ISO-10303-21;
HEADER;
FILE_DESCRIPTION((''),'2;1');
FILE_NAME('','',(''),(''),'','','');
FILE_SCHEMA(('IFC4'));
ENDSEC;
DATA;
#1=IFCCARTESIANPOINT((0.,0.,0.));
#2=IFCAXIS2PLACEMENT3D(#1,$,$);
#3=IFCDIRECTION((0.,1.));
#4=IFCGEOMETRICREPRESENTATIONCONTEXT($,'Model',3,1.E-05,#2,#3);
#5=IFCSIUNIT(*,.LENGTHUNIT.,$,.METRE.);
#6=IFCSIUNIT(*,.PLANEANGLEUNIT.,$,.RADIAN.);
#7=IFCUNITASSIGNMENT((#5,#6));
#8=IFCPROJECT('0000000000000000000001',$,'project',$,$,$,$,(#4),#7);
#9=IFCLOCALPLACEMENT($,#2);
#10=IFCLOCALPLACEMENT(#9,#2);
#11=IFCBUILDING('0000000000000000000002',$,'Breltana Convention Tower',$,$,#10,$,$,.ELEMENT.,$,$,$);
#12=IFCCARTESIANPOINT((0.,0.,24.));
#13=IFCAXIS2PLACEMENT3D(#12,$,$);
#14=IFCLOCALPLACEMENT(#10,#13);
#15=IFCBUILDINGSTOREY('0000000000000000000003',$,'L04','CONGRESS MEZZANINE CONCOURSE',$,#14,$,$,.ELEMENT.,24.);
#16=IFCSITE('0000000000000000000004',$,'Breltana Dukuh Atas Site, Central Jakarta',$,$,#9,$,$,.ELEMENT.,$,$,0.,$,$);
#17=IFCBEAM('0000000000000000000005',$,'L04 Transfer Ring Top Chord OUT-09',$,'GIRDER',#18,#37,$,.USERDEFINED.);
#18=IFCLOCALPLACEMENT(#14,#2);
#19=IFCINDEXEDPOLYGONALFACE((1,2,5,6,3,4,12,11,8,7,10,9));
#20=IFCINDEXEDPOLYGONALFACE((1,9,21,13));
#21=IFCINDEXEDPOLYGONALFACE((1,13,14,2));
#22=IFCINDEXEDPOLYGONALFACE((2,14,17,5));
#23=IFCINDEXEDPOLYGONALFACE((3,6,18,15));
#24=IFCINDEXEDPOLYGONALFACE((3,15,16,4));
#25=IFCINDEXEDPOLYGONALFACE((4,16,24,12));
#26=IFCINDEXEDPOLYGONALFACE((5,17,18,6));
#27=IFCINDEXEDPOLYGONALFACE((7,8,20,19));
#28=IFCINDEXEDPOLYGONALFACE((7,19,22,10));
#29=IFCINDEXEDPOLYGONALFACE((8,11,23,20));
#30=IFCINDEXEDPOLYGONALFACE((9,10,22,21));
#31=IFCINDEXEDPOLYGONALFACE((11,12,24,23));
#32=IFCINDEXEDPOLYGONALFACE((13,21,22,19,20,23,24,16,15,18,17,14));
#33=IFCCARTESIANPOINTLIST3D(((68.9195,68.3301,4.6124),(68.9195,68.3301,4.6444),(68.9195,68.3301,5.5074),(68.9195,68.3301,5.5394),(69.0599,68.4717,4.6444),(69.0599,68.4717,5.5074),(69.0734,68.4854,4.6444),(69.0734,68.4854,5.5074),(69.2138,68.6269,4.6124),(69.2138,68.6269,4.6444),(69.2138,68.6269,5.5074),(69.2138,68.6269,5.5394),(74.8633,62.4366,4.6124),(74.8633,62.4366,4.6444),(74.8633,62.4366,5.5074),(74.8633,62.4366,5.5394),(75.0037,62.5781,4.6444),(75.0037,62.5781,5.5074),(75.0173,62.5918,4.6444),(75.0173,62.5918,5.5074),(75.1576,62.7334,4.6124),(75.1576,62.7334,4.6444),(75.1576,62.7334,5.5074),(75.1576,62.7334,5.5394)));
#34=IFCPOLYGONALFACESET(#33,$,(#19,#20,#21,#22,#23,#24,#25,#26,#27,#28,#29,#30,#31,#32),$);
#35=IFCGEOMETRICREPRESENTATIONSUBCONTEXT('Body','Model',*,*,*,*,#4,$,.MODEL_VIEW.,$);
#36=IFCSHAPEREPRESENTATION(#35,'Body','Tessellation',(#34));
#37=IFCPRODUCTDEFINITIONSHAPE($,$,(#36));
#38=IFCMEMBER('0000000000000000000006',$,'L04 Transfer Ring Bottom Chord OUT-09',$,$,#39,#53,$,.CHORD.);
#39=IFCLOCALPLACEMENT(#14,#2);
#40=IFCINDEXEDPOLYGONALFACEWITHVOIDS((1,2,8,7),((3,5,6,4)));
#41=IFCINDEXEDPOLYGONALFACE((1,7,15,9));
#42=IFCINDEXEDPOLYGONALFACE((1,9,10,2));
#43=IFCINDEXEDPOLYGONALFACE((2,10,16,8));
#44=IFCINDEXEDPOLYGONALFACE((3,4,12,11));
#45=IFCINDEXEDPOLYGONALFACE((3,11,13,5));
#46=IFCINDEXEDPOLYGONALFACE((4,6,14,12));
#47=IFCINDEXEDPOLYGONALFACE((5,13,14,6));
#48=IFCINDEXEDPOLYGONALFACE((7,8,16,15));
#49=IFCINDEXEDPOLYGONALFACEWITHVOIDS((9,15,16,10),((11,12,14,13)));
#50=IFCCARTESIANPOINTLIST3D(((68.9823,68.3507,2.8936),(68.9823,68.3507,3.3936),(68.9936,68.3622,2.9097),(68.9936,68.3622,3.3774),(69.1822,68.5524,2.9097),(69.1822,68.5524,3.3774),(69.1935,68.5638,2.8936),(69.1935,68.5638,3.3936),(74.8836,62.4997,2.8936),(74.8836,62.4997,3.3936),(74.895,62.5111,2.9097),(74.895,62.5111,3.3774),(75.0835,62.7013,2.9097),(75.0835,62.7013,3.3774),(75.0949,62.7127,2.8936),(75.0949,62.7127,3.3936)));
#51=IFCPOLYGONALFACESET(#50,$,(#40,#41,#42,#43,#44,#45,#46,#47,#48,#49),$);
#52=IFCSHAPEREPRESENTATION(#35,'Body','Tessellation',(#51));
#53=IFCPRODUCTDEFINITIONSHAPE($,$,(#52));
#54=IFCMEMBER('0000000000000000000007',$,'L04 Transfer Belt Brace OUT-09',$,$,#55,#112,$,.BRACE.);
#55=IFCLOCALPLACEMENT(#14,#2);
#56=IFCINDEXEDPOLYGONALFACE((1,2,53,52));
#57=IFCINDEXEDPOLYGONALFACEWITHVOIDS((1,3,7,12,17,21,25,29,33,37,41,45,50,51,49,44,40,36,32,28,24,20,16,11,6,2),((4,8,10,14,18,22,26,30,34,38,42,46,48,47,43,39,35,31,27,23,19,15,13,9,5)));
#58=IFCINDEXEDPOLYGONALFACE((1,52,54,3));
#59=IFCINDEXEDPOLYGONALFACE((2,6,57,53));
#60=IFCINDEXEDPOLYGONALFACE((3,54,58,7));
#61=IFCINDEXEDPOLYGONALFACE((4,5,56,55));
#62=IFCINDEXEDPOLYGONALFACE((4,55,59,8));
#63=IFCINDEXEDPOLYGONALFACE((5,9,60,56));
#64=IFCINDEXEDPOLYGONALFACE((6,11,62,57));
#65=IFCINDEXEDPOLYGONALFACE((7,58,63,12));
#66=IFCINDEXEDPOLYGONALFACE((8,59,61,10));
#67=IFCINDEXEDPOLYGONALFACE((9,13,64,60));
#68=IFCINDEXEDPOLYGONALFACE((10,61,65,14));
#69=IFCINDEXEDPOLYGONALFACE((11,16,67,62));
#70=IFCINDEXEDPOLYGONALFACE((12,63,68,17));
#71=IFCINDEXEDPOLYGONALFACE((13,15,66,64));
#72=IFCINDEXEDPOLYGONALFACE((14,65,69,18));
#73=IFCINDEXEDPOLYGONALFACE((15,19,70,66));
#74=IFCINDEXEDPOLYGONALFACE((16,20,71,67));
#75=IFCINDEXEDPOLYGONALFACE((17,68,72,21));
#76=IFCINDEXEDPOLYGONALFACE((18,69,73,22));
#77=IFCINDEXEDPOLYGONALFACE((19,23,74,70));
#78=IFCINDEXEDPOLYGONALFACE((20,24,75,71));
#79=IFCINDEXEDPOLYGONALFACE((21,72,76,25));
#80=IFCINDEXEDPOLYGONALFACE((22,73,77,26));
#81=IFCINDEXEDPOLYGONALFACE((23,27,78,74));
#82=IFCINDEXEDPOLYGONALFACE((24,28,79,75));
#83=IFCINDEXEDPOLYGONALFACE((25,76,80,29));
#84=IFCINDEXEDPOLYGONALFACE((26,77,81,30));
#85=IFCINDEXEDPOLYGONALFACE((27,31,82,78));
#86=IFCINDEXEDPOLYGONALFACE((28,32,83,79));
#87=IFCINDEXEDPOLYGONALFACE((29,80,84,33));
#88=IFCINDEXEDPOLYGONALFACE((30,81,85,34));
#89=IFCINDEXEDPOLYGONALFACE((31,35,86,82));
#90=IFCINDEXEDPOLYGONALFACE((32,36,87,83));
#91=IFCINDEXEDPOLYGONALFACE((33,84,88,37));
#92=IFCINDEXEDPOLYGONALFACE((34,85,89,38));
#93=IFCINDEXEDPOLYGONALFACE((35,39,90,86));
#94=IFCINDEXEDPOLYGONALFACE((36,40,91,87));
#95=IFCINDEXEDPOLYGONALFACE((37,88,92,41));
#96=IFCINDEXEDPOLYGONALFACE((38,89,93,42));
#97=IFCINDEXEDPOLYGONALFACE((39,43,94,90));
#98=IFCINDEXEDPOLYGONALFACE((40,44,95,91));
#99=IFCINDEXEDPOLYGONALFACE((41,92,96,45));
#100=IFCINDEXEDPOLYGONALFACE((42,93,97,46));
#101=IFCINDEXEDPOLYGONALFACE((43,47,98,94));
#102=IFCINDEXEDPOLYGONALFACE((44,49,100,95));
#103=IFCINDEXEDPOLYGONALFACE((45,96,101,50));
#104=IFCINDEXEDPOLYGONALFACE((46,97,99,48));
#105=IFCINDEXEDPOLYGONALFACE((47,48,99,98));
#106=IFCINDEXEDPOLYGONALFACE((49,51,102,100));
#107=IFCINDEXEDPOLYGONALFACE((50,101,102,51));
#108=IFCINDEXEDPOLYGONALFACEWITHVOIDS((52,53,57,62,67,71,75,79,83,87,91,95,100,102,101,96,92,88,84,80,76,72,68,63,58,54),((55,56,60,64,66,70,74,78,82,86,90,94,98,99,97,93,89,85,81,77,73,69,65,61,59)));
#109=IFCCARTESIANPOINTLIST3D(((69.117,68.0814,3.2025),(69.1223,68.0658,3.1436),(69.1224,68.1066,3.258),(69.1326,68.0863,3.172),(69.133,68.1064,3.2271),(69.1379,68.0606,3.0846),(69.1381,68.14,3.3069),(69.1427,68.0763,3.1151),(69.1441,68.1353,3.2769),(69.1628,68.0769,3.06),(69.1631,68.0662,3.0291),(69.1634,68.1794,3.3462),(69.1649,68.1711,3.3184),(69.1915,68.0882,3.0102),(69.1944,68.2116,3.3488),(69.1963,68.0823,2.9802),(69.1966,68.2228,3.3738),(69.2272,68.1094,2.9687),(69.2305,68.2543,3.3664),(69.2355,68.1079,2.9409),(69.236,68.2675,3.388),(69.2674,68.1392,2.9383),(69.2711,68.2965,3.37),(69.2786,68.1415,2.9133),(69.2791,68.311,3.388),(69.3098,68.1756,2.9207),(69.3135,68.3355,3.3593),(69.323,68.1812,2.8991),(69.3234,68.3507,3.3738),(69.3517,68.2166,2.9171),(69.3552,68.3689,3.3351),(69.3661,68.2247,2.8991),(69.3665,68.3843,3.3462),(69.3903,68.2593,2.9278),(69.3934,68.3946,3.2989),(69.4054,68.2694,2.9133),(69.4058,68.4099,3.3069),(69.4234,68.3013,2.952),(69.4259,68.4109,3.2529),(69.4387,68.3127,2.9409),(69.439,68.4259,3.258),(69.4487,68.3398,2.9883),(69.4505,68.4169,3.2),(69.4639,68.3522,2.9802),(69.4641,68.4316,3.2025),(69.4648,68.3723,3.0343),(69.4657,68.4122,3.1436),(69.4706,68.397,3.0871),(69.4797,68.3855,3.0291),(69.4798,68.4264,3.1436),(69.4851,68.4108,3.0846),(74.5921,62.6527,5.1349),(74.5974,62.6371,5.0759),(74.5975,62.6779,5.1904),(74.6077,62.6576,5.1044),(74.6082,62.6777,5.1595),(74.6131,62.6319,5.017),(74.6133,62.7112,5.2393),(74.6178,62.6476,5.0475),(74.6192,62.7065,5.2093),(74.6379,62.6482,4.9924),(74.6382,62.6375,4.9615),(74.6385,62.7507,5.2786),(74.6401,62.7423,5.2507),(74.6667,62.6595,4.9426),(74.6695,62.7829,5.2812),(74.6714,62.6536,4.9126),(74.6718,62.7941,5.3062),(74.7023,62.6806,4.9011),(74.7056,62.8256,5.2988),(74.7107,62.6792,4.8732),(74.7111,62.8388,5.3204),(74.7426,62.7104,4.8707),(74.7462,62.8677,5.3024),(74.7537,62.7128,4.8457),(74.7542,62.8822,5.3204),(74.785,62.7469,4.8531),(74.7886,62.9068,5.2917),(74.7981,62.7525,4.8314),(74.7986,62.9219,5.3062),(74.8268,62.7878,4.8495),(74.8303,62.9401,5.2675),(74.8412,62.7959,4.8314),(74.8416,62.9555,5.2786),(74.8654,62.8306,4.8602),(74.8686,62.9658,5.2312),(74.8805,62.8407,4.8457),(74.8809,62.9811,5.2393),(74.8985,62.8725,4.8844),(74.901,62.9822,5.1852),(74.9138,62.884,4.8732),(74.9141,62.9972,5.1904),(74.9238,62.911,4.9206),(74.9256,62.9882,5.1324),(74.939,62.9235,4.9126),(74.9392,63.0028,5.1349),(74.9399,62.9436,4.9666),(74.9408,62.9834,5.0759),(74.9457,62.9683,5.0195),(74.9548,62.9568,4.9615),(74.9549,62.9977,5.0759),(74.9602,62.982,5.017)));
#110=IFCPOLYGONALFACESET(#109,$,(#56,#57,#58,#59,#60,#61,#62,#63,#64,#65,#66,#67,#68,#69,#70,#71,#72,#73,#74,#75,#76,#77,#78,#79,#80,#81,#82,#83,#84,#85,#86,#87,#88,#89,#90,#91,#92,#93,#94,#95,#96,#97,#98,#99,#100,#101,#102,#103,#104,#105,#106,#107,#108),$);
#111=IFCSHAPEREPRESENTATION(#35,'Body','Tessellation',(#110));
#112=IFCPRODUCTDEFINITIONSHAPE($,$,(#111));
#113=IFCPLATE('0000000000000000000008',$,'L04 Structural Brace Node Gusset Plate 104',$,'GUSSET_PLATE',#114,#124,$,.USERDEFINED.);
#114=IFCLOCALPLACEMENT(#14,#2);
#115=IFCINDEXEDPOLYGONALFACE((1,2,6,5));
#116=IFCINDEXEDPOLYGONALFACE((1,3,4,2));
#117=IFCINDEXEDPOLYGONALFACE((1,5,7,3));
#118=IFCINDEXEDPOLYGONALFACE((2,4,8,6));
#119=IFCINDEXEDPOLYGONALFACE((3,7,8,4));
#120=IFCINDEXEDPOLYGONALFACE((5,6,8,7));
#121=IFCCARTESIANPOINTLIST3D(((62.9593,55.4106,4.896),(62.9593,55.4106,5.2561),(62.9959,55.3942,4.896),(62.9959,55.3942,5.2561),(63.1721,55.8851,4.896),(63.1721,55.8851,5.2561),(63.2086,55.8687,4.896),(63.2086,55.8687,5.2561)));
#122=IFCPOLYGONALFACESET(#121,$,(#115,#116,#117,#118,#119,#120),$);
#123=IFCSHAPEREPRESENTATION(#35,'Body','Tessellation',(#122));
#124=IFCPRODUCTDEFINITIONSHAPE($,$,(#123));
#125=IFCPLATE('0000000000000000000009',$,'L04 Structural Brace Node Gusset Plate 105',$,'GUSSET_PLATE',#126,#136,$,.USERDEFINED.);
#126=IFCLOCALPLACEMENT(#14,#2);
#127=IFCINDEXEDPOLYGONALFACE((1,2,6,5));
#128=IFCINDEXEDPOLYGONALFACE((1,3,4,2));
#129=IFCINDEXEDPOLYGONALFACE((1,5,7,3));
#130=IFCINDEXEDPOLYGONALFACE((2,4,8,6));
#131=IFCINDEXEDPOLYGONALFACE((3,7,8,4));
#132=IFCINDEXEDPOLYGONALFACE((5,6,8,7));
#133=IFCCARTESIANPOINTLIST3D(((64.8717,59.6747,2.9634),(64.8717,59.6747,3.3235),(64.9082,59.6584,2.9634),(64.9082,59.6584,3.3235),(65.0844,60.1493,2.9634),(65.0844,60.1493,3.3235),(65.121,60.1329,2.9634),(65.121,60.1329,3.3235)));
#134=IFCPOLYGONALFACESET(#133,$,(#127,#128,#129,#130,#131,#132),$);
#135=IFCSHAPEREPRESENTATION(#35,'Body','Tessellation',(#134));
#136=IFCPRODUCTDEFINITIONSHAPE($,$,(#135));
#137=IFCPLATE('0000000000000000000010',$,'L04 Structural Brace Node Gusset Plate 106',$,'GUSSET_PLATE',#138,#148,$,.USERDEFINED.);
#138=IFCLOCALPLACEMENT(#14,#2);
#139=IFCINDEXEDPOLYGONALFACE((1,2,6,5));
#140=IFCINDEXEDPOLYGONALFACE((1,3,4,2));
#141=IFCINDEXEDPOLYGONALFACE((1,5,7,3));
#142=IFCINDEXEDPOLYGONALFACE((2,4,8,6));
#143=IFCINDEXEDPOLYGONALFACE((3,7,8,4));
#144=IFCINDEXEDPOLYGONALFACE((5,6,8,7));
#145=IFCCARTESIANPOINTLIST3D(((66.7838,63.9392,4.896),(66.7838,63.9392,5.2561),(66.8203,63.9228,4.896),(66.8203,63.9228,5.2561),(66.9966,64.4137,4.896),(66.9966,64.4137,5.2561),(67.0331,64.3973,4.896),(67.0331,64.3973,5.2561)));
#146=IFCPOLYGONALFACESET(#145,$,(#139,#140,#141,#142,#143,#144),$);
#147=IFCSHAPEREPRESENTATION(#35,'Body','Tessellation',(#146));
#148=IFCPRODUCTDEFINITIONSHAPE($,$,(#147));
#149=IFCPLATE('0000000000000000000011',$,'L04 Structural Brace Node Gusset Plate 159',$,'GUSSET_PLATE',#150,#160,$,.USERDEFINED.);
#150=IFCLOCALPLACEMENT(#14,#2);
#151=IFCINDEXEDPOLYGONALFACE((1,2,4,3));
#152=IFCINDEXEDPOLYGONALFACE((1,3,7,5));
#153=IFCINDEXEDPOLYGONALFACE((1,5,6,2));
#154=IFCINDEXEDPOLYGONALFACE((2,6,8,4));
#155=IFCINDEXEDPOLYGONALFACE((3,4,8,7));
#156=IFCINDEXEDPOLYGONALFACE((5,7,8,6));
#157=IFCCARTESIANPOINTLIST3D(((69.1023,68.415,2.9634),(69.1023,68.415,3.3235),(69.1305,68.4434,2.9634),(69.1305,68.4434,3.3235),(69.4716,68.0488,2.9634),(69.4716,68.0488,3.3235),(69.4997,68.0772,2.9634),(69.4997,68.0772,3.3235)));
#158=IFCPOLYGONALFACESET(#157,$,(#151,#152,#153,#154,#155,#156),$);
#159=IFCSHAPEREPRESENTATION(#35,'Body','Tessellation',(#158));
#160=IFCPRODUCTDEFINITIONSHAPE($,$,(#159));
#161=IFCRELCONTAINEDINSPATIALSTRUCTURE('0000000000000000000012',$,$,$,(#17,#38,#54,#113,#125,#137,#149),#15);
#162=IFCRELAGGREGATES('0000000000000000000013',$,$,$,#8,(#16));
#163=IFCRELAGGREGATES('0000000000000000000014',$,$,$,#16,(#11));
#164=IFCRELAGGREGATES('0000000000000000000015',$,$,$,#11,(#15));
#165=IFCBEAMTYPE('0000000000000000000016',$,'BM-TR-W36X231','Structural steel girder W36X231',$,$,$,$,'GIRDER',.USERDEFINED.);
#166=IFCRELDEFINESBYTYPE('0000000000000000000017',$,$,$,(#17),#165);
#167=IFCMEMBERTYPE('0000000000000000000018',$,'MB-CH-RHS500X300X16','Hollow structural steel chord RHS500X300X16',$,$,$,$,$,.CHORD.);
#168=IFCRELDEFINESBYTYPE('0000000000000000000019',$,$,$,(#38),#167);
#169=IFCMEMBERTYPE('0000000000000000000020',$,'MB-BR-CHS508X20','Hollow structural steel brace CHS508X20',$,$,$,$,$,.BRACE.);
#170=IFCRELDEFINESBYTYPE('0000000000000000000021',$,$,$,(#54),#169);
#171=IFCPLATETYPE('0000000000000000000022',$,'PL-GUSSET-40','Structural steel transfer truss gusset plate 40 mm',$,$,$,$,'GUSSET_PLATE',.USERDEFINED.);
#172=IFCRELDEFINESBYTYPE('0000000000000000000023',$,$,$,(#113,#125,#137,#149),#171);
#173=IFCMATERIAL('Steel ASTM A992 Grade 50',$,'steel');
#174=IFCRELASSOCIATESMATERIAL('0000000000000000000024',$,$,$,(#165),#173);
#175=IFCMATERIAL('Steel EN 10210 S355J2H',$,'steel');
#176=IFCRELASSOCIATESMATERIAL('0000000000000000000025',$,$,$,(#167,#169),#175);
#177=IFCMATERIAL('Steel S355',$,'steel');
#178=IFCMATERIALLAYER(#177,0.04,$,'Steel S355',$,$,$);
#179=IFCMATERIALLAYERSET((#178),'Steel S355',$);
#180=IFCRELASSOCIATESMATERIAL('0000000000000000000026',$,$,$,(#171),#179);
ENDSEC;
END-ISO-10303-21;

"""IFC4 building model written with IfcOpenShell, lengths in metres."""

from ifc_helpers import new_model, si_unit, direction, frame, origin, origin_2d, place, context, subcontext, project, spatial, rectangle, hollow_rectangle, hollow_circle, i_section, extrude, source, transform, mapped, material, layer, layer_set, material_profile, profile_set, type_object, element, save


model = new_model("IFC4")

# Units and contexts
model_context = context("Model", 3, precision=1e-05, world=origin(), true_north=direction((0.0, 1.0)))
body_context = subcontext(model_context, "Body", "Model", "MODEL_VIEW")
ifc_project = project(units=[si_unit("LENGTHUNIT", "METRE"), si_unit("PLANEANGLEUNIT", "RADIAN")], contexts=[model_context])

# Site, building, storey
site_placement = place(None, origin())
site = spatial("IfcSite", under=ifc_project, at=site_placement, Name="Breltana Dukuh Atas Site, Central Jakarta", CompositionType="ELEMENT", RefElevation=0.0)
building_placement = place(site_placement, origin())
building = spatial("IfcBuilding", under=site, at=building_placement, Name="Breltana Convention Tower", CompositionType="ELEMENT")
storey_placement = place(building_placement, frame((0.0, 0.0, 24.0)))
storey = spatial("IfcBuildingStorey", under=building, at=storey_placement, Name="L04", Description="CONGRESS MEZZANINE CONCOURSE", CompositionType="ELEMENT", Elevation=24.0)

# Shared definitions
ifc_material_1 = material(Name="Steel EN 10210 S355J2H", Category="steel")

# Beam
ifc_material_2 = material(Name="Steel ASTM A992 Grade 50", Category="steel")
ifc_material_profile_1 = material_profile(ifc_material_2, i_section(OverallWidth=0.418, OverallDepth=0.927, WebThickness=0.0193, FlangeThickness=0.032, at=origin_2d()), Name="W36X231")
ifc_profile_set_1 = profile_set([ifc_material_profile_1], Name="Steel ASTM A992 Grade 50")
beam_type = type_object("IfcBeamType", Name="BM-TR-W36X231", Description="Structural steel girder W36X231", ElementType="GIRDER", PredefinedType="USERDEFINED", material=ifc_profile_set_1)
shared_shape_1 = source(origin(), body_context, "Body", "SweptSolid", [
    extrude(i_section(OverallWidth=0.418, OverallDepth=0.927, WebThickness=0.0193, FlangeThickness=0.032, at=origin_2d()), origin(), (0.0, 0.0, 1.0), 8.3704),
])
beam_placement = place(storey_placement, frame((69.0667, 68.4785, 5.0759), z_axis=(0.710105, -0.704096, 0.0), x_axis=(0.704096, 0.710105, 0.0)))
element("IfcBeam", 1, at=beam_placement, inside=storey, type_object=beam_type, Name="L04 Transfer Ring Top Chord OUT-09", ObjectType="GIRDER", PredefinedType="USERDEFINED", context=body_context, shape_type="MappedRepresentation", body=[
    mapped(shared_shape_1, transform((0.0, 0.0, 0.0), scale=1.0)),
])

# Members
ifc_material_profile_2 = material_profile(ifc_material_1, hollow_rectangle(XDim=0.3, YDim=0.5, WallThickness=0.0161, at=origin_2d()), Name="RHS500X300X16")
ifc_profile_set_2 = profile_set([ifc_material_profile_2], Name="Steel EN 10210 S355J2H")
member_type_1 = type_object("IfcMemberType", Name="MB-CH-RHS500X300X16", Description="Hollow structural steel chord RHS500X300X16", PredefinedType="CHORD", material=ifc_profile_set_2)
shared_shape_2 = source(origin(), body_context, "Body", "SweptSolid", [
    extrude(hollow_rectangle(XDim=0.3, YDim=0.5, WallThickness=0.0161, at=origin_2d()), origin(), (0.0, 0.0, 1.0), 8.3103),
])
member_1_placement = place(storey_placement, frame((69.0879, 68.4573, 3.1436), z_axis=(0.710126, -0.704074, 0.0), x_axis=(0.704074, 0.710126, 0.0)))
element("IfcMember", 2, at=member_1_placement, inside=storey, type_object=member_type_1, Name="L04 Transfer Ring Bottom Chord OUT-09", PredefinedType="CHORD", context=body_context, shape_type="MappedRepresentation", body=[
    mapped(shared_shape_2, transform((0.0, 0.0, 0.0), scale=1.0)),
])
ifc_material_profile_3 = material_profile(ifc_material_1, hollow_circle(Radius=0.2539, WallThickness=0.02, at=origin_2d()), Name="CHS508X20")
ifc_profile_set_3 = profile_set([ifc_material_profile_3], Name="Steel EN 10210 S355J2H")
member_type_2 = type_object("IfcMemberType", Name="MB-BR-CHS508X20", Description="Hollow structural steel brace CHS508X20", PredefinedType="BRACE", material=ifc_profile_set_3)
shared_shape_3 = source(origin(), body_context, "Body", "SweptSolid", [
    extrude(hollow_circle(Radius=0.2539, WallThickness=0.02, at=origin_2d()), origin(), (0.0, 0.0, 1.0), 7.9487),
])
member_2_placement = place(storey_placement, frame((69.301, 68.2461, 3.1436), z_axis=(0.688805, -0.682969, 0.243106), x_axis=(0.704092, 0.710109, 0.0)))
element("IfcMember", 3, at=member_2_placement, inside=storey, type_object=member_type_2, Name="L04 Transfer Belt Brace OUT-09", PredefinedType="BRACE", context=body_context, shape_type="MappedRepresentation", body=[
    mapped(shared_shape_3, transform((0.0, 0.0, 0.0), scale=1.0)),
])

# Plates
ifc_material_3 = material(Name="Steel S355", Category="steel")
ifc_layer_1 = layer(ifc_material_3, 0.04, Name="Steel S355")
ifc_layer_set_1 = layer_set([ifc_layer_1], Name="Steel S355")
plate_type = type_object("IfcPlateType", Name="PL-GUSSET-40", Description="Structural steel transfer truss gusset plate 40 mm", ElementType="GUSSET_PLATE", PredefinedType="USERDEFINED", material=ifc_layer_set_1)
shared_shape_4 = source(origin(), body_context, "Body", "SweptSolid", [
    extrude(rectangle(XDim=0.52, YDim=0.04, at=origin_2d()), origin(), (0.0, 0.0, 1.0), 0.3601),
])
for number, where, z_axis, x_axis, name in (
    (4, (63.084, 55.6396, 4.896), (0.0, 0.0, 1.0), (0.409127, 0.912477, 0.0), "L04 Structural Brace Node Gusset Plate 104"),
    (5, (64.9963, 59.9038, 2.9634), (0.0, 0.0, 1.0), (0.409127, 0.912477, 0.0), "L04 Structural Brace Node Gusset Plate 105"),
    (6, (66.9084, 64.1682, 4.896), (0.0, 0.0, 1.0), (0.409127, 0.912477, 0.0), "L04 Structural Brace Node Gusset Plate 106"),
    (7, (69.301, 68.2461, 2.9634), (0.0, 0.0, 1.0), (0.710062, -0.704139, 0.0), "L04 Structural Brace Node Gusset Plate 159"),
):
    element("IfcPlate", number, at=place(storey_placement, frame(where, z_axis=z_axis, x_axis=x_axis)), inside=storey, type_object=plate_type, Name=name, ObjectType="GUSSET_PLATE", PredefinedType="USERDEFINED", context=body_context, shape_type="MappedRepresentation", body=[
        mapped(shared_shape_4, transform((0.0, 0.0, 0.0), scale=1.0)),
    ])

save(model, "model.ifc")
